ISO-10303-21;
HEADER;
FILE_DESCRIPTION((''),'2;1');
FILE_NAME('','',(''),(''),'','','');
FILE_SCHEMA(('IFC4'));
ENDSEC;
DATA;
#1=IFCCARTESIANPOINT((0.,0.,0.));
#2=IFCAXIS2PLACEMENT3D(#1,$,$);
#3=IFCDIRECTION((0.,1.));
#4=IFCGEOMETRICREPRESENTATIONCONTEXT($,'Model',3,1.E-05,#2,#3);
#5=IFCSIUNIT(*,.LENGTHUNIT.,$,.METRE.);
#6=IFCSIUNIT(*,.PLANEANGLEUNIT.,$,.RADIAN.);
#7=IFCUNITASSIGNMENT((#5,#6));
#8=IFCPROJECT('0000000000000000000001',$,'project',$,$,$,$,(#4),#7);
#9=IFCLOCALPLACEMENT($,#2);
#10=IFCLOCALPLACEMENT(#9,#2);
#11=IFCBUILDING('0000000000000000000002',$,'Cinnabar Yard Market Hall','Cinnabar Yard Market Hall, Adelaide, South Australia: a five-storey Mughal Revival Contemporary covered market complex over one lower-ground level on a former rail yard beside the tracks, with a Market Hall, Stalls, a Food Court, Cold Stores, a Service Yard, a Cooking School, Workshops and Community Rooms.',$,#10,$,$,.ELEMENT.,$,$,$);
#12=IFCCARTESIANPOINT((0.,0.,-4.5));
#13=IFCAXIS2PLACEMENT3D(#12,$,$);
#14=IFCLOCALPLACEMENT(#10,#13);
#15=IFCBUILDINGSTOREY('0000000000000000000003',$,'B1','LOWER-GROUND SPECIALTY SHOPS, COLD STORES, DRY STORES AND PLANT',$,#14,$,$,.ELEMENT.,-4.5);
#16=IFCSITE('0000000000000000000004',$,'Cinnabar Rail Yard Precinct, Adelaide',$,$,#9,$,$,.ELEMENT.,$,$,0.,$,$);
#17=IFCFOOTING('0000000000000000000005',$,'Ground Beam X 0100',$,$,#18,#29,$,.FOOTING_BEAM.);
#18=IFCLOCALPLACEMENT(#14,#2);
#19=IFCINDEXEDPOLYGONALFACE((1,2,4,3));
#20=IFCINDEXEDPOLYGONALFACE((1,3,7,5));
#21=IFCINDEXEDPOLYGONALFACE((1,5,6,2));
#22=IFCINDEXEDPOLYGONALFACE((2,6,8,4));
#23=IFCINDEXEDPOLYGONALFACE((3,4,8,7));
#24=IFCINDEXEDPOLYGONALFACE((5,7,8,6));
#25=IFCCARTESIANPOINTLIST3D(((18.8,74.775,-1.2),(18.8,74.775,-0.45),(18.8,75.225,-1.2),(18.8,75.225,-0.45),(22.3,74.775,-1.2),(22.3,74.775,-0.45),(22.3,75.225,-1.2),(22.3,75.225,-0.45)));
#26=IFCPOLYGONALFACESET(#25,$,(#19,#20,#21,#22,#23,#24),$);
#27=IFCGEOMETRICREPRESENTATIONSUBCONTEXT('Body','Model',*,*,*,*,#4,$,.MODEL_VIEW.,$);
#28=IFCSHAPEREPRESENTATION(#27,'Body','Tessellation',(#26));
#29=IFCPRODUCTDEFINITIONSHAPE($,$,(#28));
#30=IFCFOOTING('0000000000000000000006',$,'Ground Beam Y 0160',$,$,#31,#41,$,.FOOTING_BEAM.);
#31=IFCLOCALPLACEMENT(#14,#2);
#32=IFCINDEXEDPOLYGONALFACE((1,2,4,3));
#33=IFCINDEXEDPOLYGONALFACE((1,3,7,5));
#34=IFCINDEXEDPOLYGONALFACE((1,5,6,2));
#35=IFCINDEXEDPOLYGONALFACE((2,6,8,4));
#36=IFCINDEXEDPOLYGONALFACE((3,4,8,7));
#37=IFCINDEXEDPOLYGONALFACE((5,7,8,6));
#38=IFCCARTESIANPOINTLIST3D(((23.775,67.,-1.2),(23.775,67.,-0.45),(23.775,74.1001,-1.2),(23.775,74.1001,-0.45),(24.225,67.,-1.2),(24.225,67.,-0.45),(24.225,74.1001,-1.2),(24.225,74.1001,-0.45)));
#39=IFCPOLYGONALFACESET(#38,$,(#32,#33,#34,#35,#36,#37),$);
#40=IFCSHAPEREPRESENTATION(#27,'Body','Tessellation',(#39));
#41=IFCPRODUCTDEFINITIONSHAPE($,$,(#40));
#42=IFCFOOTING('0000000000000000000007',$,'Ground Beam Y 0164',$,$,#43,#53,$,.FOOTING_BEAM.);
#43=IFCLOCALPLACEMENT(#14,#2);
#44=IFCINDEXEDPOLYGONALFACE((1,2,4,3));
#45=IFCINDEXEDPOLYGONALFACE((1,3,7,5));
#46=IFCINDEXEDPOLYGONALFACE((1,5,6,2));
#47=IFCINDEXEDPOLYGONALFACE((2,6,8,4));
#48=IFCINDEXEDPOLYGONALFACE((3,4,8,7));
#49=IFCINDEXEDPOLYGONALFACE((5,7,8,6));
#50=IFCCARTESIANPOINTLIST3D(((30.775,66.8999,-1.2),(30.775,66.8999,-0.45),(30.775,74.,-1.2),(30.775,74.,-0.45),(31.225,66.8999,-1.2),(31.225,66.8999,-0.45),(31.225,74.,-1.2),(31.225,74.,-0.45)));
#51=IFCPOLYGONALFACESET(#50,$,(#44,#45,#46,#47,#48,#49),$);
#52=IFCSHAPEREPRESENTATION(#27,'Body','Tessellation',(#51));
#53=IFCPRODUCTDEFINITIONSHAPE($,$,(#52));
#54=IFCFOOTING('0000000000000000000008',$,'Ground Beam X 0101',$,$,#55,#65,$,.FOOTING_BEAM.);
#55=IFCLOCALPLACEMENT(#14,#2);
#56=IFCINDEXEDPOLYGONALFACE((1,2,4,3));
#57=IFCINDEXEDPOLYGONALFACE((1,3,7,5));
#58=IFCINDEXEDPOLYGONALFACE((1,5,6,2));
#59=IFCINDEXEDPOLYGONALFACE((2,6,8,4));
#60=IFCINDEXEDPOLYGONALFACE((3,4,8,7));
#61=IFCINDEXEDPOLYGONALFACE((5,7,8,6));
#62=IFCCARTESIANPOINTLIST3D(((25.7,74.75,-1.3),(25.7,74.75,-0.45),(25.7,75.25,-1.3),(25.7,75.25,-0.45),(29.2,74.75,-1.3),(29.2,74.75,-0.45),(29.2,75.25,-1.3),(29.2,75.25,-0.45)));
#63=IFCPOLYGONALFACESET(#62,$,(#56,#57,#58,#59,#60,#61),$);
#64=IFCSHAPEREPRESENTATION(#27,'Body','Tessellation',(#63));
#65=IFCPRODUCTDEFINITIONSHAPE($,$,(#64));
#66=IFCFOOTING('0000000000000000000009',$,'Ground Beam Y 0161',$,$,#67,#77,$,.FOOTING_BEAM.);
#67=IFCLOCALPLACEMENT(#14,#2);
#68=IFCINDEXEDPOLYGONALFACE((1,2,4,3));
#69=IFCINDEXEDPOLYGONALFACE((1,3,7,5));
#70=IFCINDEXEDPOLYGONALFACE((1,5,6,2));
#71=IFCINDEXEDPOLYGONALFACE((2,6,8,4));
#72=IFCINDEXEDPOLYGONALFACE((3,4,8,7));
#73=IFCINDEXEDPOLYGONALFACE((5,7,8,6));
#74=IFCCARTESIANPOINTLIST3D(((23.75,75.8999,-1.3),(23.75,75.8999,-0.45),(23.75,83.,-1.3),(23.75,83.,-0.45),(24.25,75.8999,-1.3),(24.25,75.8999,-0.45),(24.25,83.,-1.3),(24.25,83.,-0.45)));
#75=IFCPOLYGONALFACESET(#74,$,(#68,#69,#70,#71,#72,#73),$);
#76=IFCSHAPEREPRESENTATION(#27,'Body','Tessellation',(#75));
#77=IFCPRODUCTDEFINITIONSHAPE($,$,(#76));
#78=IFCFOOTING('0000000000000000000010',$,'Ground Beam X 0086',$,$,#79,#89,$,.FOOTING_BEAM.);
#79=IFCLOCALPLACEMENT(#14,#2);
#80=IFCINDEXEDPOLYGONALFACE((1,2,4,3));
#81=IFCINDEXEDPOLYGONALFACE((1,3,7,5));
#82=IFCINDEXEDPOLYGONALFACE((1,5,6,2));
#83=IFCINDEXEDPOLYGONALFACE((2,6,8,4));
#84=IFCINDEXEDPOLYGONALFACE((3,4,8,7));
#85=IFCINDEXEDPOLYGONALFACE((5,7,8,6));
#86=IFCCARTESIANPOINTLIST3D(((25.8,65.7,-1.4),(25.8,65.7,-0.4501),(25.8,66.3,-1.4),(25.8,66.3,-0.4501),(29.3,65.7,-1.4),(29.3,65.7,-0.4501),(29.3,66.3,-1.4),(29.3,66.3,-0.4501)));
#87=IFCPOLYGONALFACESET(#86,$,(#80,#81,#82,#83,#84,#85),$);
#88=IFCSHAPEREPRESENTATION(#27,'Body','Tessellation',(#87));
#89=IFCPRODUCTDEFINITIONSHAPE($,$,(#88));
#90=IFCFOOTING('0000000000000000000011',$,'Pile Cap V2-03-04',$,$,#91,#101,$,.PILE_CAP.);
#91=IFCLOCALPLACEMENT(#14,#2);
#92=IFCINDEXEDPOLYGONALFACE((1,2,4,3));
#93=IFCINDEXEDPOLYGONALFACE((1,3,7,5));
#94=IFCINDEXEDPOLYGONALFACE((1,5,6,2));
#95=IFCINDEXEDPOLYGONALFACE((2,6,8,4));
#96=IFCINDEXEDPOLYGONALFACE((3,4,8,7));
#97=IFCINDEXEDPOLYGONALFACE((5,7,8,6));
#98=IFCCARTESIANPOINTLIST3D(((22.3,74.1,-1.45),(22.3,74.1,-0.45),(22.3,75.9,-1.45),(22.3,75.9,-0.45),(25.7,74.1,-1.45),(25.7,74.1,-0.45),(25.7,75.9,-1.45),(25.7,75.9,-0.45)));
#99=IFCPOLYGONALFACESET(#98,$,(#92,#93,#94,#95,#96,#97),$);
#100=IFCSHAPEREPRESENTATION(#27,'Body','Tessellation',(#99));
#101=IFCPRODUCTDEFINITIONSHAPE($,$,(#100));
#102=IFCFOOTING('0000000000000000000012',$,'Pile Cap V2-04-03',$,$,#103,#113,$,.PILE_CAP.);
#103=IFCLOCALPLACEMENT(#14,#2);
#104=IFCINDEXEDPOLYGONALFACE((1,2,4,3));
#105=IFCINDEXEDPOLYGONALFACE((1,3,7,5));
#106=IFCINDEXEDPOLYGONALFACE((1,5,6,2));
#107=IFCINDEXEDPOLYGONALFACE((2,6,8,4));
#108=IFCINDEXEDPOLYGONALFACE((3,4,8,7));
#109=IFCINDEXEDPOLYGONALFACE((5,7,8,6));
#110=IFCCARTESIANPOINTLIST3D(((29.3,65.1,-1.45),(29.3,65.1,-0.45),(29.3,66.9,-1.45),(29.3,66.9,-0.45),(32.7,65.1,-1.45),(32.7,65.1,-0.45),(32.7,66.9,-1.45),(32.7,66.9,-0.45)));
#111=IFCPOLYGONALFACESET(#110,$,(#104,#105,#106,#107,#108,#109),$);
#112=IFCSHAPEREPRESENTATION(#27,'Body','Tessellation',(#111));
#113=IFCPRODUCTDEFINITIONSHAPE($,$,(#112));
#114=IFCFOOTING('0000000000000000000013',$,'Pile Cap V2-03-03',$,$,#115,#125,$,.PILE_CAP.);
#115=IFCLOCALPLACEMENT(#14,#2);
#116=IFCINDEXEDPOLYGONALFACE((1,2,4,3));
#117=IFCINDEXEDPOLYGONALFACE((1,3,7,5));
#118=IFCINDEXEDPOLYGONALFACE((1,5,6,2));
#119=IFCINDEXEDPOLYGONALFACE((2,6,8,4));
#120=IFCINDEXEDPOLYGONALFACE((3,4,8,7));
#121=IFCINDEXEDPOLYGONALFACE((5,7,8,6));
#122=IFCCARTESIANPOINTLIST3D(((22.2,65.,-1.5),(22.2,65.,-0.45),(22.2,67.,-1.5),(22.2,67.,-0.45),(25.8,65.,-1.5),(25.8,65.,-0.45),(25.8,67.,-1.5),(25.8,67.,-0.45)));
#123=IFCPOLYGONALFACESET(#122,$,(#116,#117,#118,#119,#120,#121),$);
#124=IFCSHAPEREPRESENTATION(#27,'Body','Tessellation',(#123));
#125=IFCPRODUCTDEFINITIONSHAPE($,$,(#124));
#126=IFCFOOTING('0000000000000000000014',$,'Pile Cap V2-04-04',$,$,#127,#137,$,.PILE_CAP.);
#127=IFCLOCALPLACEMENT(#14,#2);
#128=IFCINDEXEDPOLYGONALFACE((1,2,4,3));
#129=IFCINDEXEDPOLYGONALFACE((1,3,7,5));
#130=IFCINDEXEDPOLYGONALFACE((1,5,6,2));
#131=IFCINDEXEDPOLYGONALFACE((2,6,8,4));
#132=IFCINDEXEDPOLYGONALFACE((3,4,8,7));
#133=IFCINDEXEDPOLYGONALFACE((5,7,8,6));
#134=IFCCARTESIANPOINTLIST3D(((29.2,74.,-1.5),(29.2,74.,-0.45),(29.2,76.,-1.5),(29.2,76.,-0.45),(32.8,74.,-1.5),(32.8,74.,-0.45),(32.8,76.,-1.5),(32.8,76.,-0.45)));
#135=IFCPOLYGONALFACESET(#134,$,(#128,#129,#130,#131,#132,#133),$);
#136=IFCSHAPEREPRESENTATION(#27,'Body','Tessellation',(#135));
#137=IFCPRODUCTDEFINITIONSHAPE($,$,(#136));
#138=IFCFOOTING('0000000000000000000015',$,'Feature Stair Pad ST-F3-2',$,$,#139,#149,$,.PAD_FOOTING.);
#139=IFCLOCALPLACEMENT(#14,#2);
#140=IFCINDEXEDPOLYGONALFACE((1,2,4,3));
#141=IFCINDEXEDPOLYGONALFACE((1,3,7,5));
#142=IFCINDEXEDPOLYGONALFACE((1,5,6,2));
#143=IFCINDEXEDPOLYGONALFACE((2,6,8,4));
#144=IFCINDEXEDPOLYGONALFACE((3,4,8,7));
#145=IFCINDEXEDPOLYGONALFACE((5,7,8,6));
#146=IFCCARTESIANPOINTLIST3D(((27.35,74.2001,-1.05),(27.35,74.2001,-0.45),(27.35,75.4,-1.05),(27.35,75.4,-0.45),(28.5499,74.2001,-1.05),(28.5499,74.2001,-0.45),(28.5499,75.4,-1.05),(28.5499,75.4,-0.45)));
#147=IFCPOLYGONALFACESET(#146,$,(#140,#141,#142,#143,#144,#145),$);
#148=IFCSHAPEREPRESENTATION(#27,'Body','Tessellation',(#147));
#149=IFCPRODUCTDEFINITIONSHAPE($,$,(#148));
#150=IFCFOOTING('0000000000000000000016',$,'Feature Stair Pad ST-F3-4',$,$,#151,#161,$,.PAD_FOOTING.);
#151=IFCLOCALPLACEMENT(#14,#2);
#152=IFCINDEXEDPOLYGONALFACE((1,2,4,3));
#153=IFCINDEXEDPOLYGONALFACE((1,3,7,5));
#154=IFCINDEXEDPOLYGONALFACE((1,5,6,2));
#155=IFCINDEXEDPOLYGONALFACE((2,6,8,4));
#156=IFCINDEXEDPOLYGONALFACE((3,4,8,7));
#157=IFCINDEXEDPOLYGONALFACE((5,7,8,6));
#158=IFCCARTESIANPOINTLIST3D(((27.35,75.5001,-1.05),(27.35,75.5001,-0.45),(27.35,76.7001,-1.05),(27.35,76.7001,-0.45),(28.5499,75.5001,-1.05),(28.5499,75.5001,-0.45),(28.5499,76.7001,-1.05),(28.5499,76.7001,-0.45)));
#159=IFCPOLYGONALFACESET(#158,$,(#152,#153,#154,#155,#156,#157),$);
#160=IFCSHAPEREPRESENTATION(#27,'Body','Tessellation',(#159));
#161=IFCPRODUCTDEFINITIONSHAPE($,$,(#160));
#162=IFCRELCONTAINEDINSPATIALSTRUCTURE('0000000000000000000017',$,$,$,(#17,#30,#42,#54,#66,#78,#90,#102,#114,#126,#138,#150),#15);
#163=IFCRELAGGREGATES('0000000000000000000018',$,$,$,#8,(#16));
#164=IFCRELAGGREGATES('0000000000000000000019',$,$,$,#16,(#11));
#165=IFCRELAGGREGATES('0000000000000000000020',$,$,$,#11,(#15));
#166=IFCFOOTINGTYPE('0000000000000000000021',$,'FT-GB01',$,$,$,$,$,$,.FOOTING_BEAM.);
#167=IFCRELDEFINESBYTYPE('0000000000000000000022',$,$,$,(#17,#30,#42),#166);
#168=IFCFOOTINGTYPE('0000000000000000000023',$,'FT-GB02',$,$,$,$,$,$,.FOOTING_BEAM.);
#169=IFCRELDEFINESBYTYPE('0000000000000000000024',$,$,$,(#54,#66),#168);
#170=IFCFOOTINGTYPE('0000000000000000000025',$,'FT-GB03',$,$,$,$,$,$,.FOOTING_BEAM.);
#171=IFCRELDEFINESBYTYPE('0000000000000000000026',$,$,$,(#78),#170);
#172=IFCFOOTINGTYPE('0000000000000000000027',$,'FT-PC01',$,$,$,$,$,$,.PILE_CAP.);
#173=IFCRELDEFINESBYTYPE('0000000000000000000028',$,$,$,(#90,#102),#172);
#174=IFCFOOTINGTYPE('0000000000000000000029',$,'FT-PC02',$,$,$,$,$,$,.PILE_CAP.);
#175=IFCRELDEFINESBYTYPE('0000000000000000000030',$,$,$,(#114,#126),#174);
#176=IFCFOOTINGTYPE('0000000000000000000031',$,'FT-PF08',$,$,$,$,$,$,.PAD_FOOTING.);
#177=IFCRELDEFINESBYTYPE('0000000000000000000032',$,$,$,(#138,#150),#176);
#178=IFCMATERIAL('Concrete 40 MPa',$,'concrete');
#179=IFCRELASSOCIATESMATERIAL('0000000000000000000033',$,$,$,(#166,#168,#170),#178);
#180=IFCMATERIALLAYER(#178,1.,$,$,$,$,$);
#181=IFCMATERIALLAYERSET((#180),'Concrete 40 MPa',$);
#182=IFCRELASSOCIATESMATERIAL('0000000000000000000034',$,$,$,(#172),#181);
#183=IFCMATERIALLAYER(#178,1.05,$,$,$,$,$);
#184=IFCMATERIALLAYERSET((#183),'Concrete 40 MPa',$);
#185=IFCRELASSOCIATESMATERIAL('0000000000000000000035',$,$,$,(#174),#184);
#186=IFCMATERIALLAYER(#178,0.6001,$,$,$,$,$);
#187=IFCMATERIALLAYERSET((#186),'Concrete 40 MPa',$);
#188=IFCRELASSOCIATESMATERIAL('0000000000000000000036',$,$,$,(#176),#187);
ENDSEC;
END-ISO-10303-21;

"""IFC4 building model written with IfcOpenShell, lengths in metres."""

from ifc_helpers import new_model, si_unit, direction, frame, origin, origin_2d_with_axis, place, context, subcontext, project, spatial, rectangle, extrude, material, layer, layer_set, material_profile, profile_set, type_object, element, save


model = new_model("IFC4")

# Units and contexts
model_context = context("Model", 3, precision=1e-05, world=origin(), true_north=direction((0.0, 1.0)))
body_context = subcontext(model_context, "Body", "Model", "MODEL_VIEW")
ifc_project = project(units=[si_unit("LENGTHUNIT", "METRE"), si_unit("PLANEANGLEUNIT", "RADIAN")], contexts=[model_context])

# Site, building, storey
site_placement = place(None, origin())
site = spatial("IfcSite", under=ifc_project, at=site_placement, Name="Cinnabar Rail Yard Precinct, Adelaide", CompositionType="ELEMENT", RefElevation=0.0)
building_placement = place(site_placement, origin())
building = spatial("IfcBuilding", under=site, at=building_placement, Name="Cinnabar Yard Market Hall", Description="Cinnabar Yard Market Hall, Adelaide, South Australia: a five-storey Mughal Revival Contemporary covered market complex over one lower-ground level on a former rail yard beside the tracks, with a Market Hall, Stalls, a Food Court, Cold Stores, a Service Yard, a Cooking School, Workshops and Community Rooms.", CompositionType="ELEMENT")
storey_placement = place(building_placement, frame((0.0, 0.0, -4.5)))
storey = spatial("IfcBuildingStorey", under=building, at=storey_placement, Name="B1", Description="LOWER-GROUND SPECIALTY SHOPS, COLD STORES, DRY STORES AND PLANT", CompositionType="ELEMENT", Elevation=-4.5)

# Footings
ifc_material_1 = material(Name="Concrete 40 MPa", Category="concrete")
ifc_material_profile_1 = material_profile(ifc_material_1, rectangle(XDim=0.45, YDim=0.75, at=origin_2d_with_axis()), Name="GB-450x750")
ifc_profile_set_1 = profile_set([ifc_material_profile_1], Name="Concrete 40 MPa")
footing_type_1 = type_object("IfcFootingType", Name="FT-GB01", PredefinedType="FOOTING_BEAM", material=ifc_profile_set_1)
footing_1_placement = place(storey_placement, frame((18.8, 75.0, -0.825), z_axis=(1.0, 0.0, 0.0), x_axis=(0.0, 1.0, 0.0)))
element("IfcFooting", 1, at=footing_1_placement, inside=storey, type_object=footing_type_1, Name="Ground Beam X 0100", PredefinedType="FOOTING_BEAM", context=body_context, shape_type="SweptSolid", body=[
    extrude(rectangle(XDim=0.45, YDim=0.75, at=origin_2d_with_axis()), origin(), (0.0, 0.0, 1.0), 3.5),
])
for number, where, z_axis, x_axis, name in (
    (2, (24.0, 67.0, -0.825), (0.0, 1.0, 0.0), (-1.0, 0.0, 0.0), "Ground Beam Y 0160"),
    (3, (31.0, 66.8999, -0.825), (0.0, 1.0, 0.0), (-1.0, 0.0, 0.0), "Ground Beam Y 0164"),
):
    element("IfcFooting", number, at=place(storey_placement, frame(where, z_axis=z_axis, x_axis=x_axis)), inside=storey, type_object=footing_type_1, Name=name, PredefinedType="FOOTING_BEAM", context=body_context, shape_type="SweptSolid", body=[
        extrude(rectangle(XDim=0.45, YDim=0.75, at=origin_2d_with_axis()), origin(), (0.0, 0.0, 1.0), 7.1001),
    ])
ifc_material_profile_2 = material_profile(ifc_material_1, rectangle(XDim=0.5, YDim=0.8501, at=origin_2d_with_axis()), Name="GB-500x850")
ifc_profile_set_2 = profile_set([ifc_material_profile_2], Name="Concrete 40 MPa")
footing_type_2 = type_object("IfcFootingType", Name="FT-GB02", PredefinedType="FOOTING_BEAM", material=ifc_profile_set_2)
footing_2_placement = place(storey_placement, frame((25.7, 75.0, -0.875), z_axis=(1.0, 0.0, 0.0), x_axis=(0.0, 1.0, 0.0)))
element("IfcFooting", 4, at=footing_2_placement, inside=storey, type_object=footing_type_2, Name="Ground Beam X 0101", PredefinedType="FOOTING_BEAM", context=body_context, shape_type="SweptSolid", body=[
    extrude(rectangle(XDim=0.5, YDim=0.8501, at=origin_2d_with_axis()), origin(), (0.0, 0.0, 1.0), 3.5),
])
footing_3_placement = place(storey_placement, frame((24.0, 75.8999, -0.875), z_axis=(0.0, 1.0, 0.0), x_axis=(-1.0, 0.0, 0.0)))
element("IfcFooting", 5, at=footing_3_placement, inside=storey, type_object=footing_type_2, Name="Ground Beam Y 0161", PredefinedType="FOOTING_BEAM", context=body_context, shape_type="SweptSolid", body=[
    extrude(rectangle(XDim=0.5, YDim=0.8501, at=origin_2d_with_axis()), origin(), (0.0, 0.0, 1.0), 7.1001),
])
ifc_material_profile_3 = material_profile(ifc_material_1, rectangle(XDim=0.6001, YDim=0.95, at=origin_2d_with_axis()), Name="GB-600x950")
ifc_profile_set_3 = profile_set([ifc_material_profile_3], Name="Concrete 40 MPa")
footing_type_3 = type_object("IfcFootingType", Name="FT-GB03", PredefinedType="FOOTING_BEAM", material=ifc_profile_set_3)
footing_4_placement = place(storey_placement, frame((25.8, 66.0, -0.925), z_axis=(1.0, 0.0, 0.0), x_axis=(0.0, 1.0, 0.0)))
element("IfcFooting", 6, at=footing_4_placement, inside=storey, type_object=footing_type_3, Name="Ground Beam X 0086", PredefinedType="FOOTING_BEAM", context=body_context, shape_type="SweptSolid", body=[
    extrude(rectangle(XDim=0.6001, YDim=0.95, at=origin_2d_with_axis()), origin(), (0.0, 0.0, 1.0), 3.5),
])
ifc_layer_1 = layer(ifc_material_1, 1.0)
ifc_layer_set_1 = layer_set([ifc_layer_1], Name="Concrete 40 MPa")
footing_type_4 = type_object("IfcFootingType", Name="FT-PC01", PredefinedType="PILE_CAP", material=ifc_layer_set_1)
for number, where, z_axis, x_axis, name in (
    (7, (24.0, 75.0, -1.45), (0.0, 0.0, 1.0), (1.0, 0.0, 0.0), "Pile Cap V2-03-04"),
    (8, (31.0, 66.0, -1.45), (0.0, 0.0, 1.0), (1.0, 0.0, 0.0), "Pile Cap V2-04-03"),
):
    element("IfcFooting", number, at=place(storey_placement, frame(where, z_axis=z_axis, x_axis=x_axis)), inside=storey, type_object=footing_type_4, Name=name, PredefinedType="PILE_CAP", context=body_context, shape_type="SweptSolid", body=[
        extrude(rectangle(XDim=3.3999, YDim=1.8, at=origin_2d_with_axis()), origin(), (0.0, 0.0, 1.0), 1.0),
    ])
ifc_layer_2 = layer(ifc_material_1, 1.05)
ifc_layer_set_2 = layer_set([ifc_layer_2], Name="Concrete 40 MPa")
footing_type_5 = type_object("IfcFootingType", Name="FT-PC02", PredefinedType="PILE_CAP", material=ifc_layer_set_2)
for number, where, z_axis, x_axis, name in (
    (9, (24.0, 66.0, -1.5), (0.0, 0.0, 1.0), (1.0, 0.0, 0.0), "Pile Cap V2-03-03"),
    (10, (31.0, 75.0, -1.5), (0.0, 0.0, 1.0), (1.0, 0.0, 0.0), "Pile Cap V2-04-04"),
):
    element("IfcFooting", number, at=place(storey_placement, frame(where, z_axis=z_axis, x_axis=x_axis)), inside=storey, type_object=footing_type_5, Name=name, PredefinedType="PILE_CAP", context=body_context, shape_type="SweptSolid", body=[
        extrude(rectangle(XDim=3.6001, YDim=2.0, at=origin_2d_with_axis()), origin(), (0.0, 0.0, 1.0), 1.05),
    ])
ifc_layer_3 = layer(ifc_material_1, 0.6001)
ifc_layer_set_3 = layer_set([ifc_layer_3], Name="Concrete 40 MPa")
footing_type_6 = type_object("IfcFootingType", Name="FT-PF08", PredefinedType="PAD_FOOTING", material=ifc_layer_set_3)
for number, where, z_axis, x_axis, name in (
    (11, (27.95, 74.8, -1.05), (0.0, 0.0, 1.0), (1.0, 0.0, 0.0), "Feature Stair Pad ST-F3-2"),
    (12, (27.95, 76.1001, -1.05), (0.0, 0.0, 1.0), (1.0, 0.0, 0.0), "Feature Stair Pad ST-F3-4"),
):
    element("IfcFooting", number, at=place(storey_placement, frame(where, z_axis=z_axis, x_axis=x_axis)), inside=storey, type_object=footing_type_6, Name=name, PredefinedType="PAD_FOOTING", context=body_context, shape_type="SweptSolid", body=[
        extrude(rectangle(XDim=1.2, YDim=1.2, at=origin_2d_with_axis()), origin(), (0.0, 0.0, 1.0), 0.6001),
    ])

save(model, "model.ifc")
